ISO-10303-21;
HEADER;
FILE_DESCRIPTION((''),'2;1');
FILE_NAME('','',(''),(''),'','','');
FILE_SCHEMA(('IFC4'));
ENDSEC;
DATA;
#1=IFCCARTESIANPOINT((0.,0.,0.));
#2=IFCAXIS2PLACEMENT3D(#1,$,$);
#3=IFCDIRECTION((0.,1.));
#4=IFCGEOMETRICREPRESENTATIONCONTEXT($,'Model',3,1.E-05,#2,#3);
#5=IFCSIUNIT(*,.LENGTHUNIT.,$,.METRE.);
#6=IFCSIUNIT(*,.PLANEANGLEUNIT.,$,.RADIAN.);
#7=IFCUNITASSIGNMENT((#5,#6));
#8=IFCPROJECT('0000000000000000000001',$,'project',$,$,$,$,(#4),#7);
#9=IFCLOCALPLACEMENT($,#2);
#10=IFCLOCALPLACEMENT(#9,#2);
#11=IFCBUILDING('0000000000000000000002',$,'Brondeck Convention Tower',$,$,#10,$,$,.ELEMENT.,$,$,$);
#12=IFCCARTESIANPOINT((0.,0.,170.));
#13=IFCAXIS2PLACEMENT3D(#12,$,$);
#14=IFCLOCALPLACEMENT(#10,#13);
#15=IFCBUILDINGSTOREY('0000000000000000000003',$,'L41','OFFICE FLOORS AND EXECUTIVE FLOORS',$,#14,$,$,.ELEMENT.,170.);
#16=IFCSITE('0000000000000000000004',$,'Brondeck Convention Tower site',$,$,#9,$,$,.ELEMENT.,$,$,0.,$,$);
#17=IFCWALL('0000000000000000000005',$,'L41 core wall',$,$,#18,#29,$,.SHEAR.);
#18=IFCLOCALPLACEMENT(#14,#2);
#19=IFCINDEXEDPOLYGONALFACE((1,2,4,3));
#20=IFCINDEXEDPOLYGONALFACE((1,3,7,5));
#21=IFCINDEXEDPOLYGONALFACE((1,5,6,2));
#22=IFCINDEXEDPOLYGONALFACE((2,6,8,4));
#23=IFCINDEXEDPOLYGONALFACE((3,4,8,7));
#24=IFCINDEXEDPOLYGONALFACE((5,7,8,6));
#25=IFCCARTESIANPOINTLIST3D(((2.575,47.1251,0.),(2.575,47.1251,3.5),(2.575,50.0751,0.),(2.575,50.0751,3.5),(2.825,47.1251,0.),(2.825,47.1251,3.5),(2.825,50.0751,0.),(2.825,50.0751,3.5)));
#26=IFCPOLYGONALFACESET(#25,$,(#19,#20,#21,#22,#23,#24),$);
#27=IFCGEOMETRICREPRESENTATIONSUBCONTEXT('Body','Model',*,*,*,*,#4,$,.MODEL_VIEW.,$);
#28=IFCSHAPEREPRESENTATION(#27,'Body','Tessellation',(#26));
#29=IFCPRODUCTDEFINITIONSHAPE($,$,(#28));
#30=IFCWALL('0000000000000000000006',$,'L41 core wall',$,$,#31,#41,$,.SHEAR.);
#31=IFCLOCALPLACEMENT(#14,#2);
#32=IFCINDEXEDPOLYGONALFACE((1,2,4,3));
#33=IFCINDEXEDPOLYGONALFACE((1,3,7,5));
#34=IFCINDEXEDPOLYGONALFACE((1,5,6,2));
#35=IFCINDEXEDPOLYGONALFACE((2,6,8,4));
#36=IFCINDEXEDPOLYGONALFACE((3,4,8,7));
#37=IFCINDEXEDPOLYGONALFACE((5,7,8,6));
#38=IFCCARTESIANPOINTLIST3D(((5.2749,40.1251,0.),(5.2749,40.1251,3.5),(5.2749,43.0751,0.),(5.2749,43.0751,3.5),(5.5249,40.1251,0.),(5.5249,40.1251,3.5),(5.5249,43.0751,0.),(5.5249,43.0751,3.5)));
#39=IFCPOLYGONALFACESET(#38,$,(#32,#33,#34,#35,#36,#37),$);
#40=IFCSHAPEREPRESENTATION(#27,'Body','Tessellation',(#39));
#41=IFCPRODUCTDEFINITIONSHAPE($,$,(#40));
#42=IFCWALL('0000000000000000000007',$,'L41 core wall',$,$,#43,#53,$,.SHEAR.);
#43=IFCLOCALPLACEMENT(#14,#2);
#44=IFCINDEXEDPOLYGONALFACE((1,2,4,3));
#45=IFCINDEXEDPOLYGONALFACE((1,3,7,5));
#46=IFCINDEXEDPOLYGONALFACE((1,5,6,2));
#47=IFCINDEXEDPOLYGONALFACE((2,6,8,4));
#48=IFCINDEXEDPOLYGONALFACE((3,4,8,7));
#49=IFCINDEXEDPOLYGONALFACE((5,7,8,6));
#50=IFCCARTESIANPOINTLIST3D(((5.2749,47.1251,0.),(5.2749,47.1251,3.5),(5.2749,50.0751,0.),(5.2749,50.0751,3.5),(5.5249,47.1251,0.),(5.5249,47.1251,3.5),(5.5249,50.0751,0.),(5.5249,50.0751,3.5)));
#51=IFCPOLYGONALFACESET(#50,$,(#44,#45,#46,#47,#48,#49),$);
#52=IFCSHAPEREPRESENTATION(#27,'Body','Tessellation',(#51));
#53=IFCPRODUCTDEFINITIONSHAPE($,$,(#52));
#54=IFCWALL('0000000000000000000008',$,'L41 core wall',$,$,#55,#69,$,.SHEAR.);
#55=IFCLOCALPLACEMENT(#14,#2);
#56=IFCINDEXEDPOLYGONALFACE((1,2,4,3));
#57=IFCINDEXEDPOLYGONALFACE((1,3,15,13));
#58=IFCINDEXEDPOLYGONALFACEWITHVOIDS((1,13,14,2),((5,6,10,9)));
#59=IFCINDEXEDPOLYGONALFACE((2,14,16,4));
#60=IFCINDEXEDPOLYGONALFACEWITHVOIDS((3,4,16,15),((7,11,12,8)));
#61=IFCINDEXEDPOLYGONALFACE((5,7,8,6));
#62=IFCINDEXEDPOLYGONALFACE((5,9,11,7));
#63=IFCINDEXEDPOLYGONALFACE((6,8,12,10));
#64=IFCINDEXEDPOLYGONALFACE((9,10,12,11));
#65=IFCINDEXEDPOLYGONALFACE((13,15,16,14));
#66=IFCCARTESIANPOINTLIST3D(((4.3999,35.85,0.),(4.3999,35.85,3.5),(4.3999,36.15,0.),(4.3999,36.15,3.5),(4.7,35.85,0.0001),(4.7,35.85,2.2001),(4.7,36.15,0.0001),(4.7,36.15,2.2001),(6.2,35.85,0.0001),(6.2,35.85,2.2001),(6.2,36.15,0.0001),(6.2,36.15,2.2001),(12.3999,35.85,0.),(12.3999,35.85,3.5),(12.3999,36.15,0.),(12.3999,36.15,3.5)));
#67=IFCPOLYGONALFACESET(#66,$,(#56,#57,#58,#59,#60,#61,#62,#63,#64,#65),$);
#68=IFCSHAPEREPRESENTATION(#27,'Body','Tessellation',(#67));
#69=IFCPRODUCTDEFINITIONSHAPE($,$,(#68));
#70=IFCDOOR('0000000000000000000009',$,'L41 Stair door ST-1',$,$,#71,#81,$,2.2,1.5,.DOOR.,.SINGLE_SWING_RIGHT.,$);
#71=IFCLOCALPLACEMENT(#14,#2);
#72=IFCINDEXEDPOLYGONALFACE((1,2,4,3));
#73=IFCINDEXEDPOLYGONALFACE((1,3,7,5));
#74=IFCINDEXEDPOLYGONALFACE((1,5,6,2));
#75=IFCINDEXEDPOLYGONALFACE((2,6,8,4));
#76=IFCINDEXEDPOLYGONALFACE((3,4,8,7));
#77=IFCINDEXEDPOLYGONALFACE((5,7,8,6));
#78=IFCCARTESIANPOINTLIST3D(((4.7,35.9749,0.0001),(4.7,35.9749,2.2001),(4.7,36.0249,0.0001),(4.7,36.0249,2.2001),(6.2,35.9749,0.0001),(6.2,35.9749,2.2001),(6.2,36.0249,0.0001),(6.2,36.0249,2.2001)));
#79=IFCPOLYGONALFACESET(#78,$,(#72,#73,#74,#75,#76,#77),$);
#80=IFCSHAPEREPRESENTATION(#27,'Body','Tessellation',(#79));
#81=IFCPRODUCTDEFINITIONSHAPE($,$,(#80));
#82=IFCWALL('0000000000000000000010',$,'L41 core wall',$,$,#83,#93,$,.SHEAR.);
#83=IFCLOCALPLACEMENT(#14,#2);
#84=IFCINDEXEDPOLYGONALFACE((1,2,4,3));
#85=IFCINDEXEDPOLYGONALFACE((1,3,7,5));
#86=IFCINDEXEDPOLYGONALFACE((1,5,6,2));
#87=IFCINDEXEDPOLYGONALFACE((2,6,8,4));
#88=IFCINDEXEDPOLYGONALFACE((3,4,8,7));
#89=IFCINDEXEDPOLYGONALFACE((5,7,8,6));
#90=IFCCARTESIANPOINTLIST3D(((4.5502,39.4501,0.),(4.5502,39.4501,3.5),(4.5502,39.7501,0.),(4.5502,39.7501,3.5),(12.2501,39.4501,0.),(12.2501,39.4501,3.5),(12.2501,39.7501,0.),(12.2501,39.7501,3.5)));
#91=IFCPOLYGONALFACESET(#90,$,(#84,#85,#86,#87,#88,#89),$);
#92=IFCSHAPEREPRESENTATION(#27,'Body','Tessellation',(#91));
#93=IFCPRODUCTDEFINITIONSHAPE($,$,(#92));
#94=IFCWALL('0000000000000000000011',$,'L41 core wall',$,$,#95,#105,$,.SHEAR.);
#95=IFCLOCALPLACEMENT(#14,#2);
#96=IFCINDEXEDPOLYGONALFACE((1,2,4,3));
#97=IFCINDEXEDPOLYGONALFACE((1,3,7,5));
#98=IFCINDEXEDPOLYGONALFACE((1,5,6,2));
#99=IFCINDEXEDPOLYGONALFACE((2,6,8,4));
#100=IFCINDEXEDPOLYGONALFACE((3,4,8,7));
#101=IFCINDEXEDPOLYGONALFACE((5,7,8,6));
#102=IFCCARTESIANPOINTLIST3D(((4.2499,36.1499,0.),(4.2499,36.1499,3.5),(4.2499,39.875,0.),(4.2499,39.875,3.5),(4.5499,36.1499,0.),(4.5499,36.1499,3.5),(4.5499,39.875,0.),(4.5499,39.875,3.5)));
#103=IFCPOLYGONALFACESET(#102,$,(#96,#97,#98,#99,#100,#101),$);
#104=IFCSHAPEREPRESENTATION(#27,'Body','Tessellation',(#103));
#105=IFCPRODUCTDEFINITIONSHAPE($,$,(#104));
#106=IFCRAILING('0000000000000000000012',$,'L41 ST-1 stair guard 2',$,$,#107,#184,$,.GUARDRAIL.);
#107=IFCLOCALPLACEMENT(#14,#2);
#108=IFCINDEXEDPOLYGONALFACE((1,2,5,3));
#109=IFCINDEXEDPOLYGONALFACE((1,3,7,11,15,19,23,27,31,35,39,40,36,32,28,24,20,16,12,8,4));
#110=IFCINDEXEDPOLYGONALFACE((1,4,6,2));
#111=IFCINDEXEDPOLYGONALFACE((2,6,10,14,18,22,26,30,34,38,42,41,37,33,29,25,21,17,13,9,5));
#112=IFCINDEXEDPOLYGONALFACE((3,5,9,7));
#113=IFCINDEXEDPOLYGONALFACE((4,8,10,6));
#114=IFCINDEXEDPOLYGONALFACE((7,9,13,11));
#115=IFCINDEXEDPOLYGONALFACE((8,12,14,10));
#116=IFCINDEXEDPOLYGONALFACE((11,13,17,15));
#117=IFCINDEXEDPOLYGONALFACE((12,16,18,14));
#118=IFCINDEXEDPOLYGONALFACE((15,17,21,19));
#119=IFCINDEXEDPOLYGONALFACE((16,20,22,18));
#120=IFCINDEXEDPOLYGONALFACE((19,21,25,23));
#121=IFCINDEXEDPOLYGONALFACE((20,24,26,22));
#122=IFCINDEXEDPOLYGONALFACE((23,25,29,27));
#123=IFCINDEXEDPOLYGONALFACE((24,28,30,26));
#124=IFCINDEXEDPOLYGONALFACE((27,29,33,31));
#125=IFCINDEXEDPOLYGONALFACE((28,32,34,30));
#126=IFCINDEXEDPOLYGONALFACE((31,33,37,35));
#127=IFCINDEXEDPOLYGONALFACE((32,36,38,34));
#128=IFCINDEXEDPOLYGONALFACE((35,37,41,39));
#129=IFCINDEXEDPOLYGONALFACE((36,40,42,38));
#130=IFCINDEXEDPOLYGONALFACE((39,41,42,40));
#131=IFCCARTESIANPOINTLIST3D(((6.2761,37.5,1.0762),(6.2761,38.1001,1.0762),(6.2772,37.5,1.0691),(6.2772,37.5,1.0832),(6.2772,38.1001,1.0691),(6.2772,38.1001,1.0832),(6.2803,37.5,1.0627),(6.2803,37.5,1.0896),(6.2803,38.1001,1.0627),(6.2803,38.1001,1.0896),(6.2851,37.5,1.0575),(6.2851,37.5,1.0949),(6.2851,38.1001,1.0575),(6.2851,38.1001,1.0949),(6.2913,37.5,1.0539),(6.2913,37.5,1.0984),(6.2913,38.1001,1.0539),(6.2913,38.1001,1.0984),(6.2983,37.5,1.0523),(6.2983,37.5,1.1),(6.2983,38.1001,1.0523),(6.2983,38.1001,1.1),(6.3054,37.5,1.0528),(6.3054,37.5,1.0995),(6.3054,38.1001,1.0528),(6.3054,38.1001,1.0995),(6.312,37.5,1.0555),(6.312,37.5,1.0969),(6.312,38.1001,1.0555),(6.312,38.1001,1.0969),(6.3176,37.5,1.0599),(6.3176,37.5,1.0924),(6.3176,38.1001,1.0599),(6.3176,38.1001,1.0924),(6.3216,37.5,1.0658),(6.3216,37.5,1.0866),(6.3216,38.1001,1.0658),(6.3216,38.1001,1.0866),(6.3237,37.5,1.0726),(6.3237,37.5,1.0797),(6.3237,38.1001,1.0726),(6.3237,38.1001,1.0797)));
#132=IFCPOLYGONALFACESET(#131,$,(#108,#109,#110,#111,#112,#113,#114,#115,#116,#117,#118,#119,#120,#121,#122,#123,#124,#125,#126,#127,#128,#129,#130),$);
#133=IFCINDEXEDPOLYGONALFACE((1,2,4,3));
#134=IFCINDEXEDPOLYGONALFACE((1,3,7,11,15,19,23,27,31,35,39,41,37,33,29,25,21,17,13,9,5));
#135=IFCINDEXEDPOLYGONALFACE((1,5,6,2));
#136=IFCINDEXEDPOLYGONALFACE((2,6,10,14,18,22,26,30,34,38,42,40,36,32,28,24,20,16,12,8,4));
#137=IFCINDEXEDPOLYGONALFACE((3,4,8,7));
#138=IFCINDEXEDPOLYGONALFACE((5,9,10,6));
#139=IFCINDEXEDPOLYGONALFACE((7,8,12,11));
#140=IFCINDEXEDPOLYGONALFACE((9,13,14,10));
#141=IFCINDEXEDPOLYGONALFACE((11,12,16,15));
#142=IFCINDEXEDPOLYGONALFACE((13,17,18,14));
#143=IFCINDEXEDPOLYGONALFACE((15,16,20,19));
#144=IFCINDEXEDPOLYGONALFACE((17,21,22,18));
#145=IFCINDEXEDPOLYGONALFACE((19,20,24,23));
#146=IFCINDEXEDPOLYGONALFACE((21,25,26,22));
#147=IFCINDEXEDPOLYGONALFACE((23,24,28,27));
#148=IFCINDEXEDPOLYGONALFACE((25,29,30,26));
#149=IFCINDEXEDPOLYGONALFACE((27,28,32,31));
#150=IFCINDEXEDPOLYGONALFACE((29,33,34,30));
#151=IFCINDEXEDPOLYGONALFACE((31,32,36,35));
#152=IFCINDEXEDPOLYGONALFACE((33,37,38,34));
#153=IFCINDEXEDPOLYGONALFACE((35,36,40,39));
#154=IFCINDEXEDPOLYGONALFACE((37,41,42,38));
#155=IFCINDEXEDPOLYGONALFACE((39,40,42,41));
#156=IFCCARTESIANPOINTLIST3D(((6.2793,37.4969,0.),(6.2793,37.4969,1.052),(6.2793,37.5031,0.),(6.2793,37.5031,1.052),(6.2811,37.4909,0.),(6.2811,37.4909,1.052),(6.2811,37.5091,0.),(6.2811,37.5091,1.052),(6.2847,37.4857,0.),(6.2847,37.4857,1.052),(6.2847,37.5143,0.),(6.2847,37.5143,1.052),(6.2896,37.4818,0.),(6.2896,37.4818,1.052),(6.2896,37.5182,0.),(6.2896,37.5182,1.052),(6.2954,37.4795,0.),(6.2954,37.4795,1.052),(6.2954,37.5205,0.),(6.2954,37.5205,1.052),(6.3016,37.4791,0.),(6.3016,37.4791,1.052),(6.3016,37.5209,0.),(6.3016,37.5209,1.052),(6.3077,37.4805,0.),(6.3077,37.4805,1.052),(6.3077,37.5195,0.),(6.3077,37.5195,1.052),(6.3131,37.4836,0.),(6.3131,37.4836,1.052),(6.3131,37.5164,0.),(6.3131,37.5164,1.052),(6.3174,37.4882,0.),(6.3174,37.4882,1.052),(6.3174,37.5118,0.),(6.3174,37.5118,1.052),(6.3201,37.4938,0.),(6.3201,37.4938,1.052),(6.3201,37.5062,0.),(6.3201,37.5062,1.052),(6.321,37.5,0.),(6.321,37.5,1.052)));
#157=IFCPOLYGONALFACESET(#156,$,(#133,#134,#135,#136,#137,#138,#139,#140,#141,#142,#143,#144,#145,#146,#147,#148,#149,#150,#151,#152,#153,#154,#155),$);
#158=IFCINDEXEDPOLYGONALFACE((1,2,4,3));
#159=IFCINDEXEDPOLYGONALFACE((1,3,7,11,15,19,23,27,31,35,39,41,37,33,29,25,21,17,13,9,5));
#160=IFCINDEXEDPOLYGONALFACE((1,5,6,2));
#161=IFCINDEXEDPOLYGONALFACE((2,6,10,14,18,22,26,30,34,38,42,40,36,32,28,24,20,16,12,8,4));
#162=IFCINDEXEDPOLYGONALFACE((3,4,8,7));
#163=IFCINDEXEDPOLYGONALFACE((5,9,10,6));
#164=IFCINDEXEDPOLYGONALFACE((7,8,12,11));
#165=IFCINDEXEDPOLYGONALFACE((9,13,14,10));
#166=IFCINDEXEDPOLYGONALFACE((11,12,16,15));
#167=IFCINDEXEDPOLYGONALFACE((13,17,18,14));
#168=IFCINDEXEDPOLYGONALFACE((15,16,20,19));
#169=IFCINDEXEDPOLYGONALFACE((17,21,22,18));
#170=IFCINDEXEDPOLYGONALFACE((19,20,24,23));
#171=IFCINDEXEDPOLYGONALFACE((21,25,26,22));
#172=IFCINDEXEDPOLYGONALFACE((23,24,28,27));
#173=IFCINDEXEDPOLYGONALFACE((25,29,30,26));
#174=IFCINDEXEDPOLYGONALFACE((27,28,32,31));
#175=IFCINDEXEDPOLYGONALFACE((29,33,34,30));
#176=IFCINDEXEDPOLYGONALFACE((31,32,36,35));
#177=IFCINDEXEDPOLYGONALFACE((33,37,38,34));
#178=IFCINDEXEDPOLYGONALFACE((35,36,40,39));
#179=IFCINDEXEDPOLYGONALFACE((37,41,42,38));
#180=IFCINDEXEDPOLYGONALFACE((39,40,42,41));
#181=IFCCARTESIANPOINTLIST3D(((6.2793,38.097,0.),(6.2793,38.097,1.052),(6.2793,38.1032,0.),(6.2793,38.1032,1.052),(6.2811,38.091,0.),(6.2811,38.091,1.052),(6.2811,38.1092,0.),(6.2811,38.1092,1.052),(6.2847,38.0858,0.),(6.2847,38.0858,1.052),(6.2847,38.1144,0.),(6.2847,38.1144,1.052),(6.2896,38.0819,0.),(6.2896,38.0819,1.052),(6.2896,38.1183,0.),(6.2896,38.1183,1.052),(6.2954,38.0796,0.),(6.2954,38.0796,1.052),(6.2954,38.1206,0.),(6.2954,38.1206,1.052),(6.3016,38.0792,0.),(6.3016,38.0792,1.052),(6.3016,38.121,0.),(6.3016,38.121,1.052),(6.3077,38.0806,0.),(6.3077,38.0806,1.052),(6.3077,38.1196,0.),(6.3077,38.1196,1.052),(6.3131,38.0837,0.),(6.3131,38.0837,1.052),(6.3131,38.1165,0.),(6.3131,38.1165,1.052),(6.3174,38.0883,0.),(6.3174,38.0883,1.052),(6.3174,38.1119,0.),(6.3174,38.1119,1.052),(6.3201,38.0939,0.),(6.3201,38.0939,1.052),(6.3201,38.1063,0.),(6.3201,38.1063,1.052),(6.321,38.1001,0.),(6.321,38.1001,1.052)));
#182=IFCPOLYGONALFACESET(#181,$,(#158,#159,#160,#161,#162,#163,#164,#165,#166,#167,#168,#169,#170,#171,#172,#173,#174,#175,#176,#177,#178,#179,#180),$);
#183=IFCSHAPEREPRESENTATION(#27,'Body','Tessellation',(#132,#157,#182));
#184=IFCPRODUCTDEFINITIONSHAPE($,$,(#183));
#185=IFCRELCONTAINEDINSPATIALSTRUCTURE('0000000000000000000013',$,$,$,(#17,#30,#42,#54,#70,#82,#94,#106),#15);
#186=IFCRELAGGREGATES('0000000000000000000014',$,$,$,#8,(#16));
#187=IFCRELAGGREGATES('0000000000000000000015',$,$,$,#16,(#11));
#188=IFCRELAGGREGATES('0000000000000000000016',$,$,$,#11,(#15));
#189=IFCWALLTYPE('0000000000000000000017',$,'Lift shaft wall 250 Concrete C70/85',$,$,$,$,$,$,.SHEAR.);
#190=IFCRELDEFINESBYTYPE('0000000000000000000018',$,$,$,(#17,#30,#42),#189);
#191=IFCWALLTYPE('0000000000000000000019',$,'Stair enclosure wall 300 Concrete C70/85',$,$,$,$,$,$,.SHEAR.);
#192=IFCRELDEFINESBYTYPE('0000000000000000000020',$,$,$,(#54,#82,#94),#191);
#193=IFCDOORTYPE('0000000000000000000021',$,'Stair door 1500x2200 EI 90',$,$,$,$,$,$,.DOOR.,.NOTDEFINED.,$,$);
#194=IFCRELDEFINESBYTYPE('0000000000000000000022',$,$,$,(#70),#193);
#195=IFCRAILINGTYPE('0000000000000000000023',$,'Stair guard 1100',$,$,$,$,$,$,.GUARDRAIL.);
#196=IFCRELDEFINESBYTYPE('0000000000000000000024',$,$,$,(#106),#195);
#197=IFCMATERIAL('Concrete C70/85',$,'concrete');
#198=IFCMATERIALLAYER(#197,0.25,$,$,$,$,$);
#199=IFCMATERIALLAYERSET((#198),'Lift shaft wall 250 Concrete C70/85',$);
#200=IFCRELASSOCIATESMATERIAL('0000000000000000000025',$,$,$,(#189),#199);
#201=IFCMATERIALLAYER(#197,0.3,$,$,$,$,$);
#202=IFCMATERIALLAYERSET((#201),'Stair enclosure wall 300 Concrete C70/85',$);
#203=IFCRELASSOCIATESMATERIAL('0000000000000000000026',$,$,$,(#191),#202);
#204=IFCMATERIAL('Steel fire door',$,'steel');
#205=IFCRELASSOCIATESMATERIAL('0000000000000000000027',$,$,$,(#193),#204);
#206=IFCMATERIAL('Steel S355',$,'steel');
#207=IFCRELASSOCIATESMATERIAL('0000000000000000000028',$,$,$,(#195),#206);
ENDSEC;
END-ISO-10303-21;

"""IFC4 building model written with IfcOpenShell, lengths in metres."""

from ifc_helpers import new_model, si_unit, direction, frame, frame_2d, origin, origin_2d, place, context, subcontext, project, spatial, rectangle, circle, extrude, material, layer, layer_set, type_object, element, fill, save


model = new_model("IFC4")

# Units and contexts
model_context = context("Model", 3, precision=1e-05, world=origin(), true_north=direction((0.0, 1.0)))
body_context = subcontext(model_context, "Body", "Model", "MODEL_VIEW")
ifc_project = project(units=[si_unit("LENGTHUNIT", "METRE"), si_unit("PLANEANGLEUNIT", "RADIAN")], contexts=[model_context])

# Site, building, storey
site_placement = place(None, origin())
site = spatial("IfcSite", under=ifc_project, at=site_placement, Name="Brondeck Convention Tower site", CompositionType="ELEMENT", RefElevation=0.0)
building_placement = place(site_placement, origin())
building = spatial("IfcBuilding", under=site, at=building_placement, Name="Brondeck Convention Tower", CompositionType="ELEMENT")
storey_placement = place(building_placement, frame((0.0, 0.0, 170.0)))
storey = spatial("IfcBuildingStorey", under=building, at=storey_placement, Name="L41", Description="OFFICE FLOORS AND EXECUTIVE FLOORS", CompositionType="ELEMENT", Elevation=170.0)

# Shared definitions
ifc_material_1 = material(Name="Concrete C70/85", Category="concrete")

# Shared definitions
ifc_material_2 = material(Name="Steel fire door", Category="steel")

# Shared definitions
ifc_layer_1 = layer(ifc_material_1, 0.25)
ifc_layer_set_1 = layer_set([ifc_layer_1], Name="Lift shaft wall 250 Concrete C70/85")
wall_type_1 = type_object("IfcWallType", Name="Lift shaft wall 250 Concrete C70/85", PredefinedType="SHEAR", material=ifc_layer_set_1)

# Walls
for number, where, z_axis, x_axis, name in (
    (1, (2.7, 47.125, 0.0), (0.0, 0.0, 1.0), (0.0, 1.0, 0.0), "L41 core wall"),
    (2, (5.3999, 40.125, 0.0), (0.0, 0.0, 1.0), (0.0, 1.0, 0.0), "L41 core wall"),
    (3, (5.3999, 47.125, 0.0), (0.0, 0.0, 1.0), (0.0, 1.0, 0.0), "L41 core wall"),
):
    element("IfcWall", number, at=place(storey_placement, frame(where, z_axis=z_axis, x_axis=x_axis)), inside=storey, type_object=wall_type_1, Name=name, PredefinedType="SHEAR", context=body_context, shape_type="SweptSolid", body=[
        extrude(rectangle(XDim=2.95, YDim=0.25, at=frame_2d((1.4751, 0.0))), origin(), (0.0, 0.0, 1.0), 3.5),
    ])

# Wall, opening, door
ifc_layer_2 = layer(ifc_material_1, 0.3)
ifc_layer_set_2 = layer_set([ifc_layer_2], Name="Stair enclosure wall 300 Concrete C70/85")
wall_type_2 = type_object("IfcWallType", Name="Stair enclosure wall 300 Concrete C70/85", PredefinedType="SHEAR", material=ifc_layer_set_2)
wall_1_placement = place(storey_placement, frame((4.3999, 36.0, 0.0), z_axis=(0.0, 0.0, 1.0), x_axis=(1.0, 0.0, 0.0)))
wall_1 = element("IfcWall", 4, at=wall_1_placement, inside=storey, type_object=wall_type_2, Name="L41 core wall", PredefinedType="SHEAR", context=body_context, shape_type="SweptSolid", body=[
    extrude(rectangle(XDim=8.0, YDim=0.3, at=frame_2d((4.0, 0.0))), origin(), (0.0, 0.0, 1.0), 3.5),
])
opening_1_placement = place(wall_1_placement, frame((0.3, 0.0, 0.0)))
opening_1 = element("IfcOpeningElement", 5, at=opening_1_placement, cuts=wall_1, PredefinedType="OPENING", context=body_context, shape_type="SweptSolid", body=[
    extrude(rectangle(XDim=1.5, YDim=2.2, at=frame_2d((0.75, 1.1001))), frame((0.0, 0.1599, 0.0), z_axis=(0.0, -1.0, 0.0), x_axis=(1.0, 0.0, 0.0)), (0.0, 0.0, 1.0), 0.3201),
])
door_type_1 = type_object("IfcDoorType", Name="Stair door 1500x2200 EI 90", OperationType="NOTDEFINED", PredefinedType="DOOR", material=ifc_material_2)
door_1_placement = place(opening_1_placement, origin())
door_1 = element("IfcDoor", 6, at=door_1_placement, inside=storey, type_object=door_type_1, Name="L41 Stair door ST-1", OperationType="SINGLE_SWING_RIGHT", OverallHeight=2.2, OverallWidth=1.5, PredefinedType="DOOR", context=body_context, shape_type="SweptSolid", body=[
    extrude(rectangle(XDim=1.5, YDim=2.2, at=frame_2d((0.75, 1.1001))), frame((0.0, 0.0249, 0.0), z_axis=(0.0, -1.0, 0.0), x_axis=(1.0, 0.0, 0.0)), (0.0, 0.0, 1.0), 0.05),
])
fill(opening_1, door_1)

# Walls
wall_2_placement = place(storey_placement, frame((4.55, 39.6001, 0.0), z_axis=(0.0, 0.0, 1.0), x_axis=(1.0, 0.0, 0.0)))
element("IfcWall", 7, at=wall_2_placement, inside=storey, type_object=wall_type_2, Name="L41 core wall", PredefinedType="SHEAR", context=body_context, shape_type="SweptSolid", body=[
    extrude(rectangle(XDim=7.7, YDim=0.3, at=frame_2d((3.8501, 0.0))), origin(), (0.0, 0.0, 1.0), 3.5),
])
wall_3_placement = place(storey_placement, frame((4.3999, 36.1499, 0.0), z_axis=(0.0, 0.0, 1.0), x_axis=(0.0, 1.0, 0.0)))
element("IfcWall", 8, at=wall_3_placement, inside=storey, type_object=wall_type_2, Name="L41 core wall", PredefinedType="SHEAR", context=body_context, shape_type="SweptSolid", body=[
    extrude(rectangle(XDim=3.7251, YDim=0.3, at=frame_2d((1.8625, 0.0))), origin(), (0.0, 0.0, 1.0), 3.5),
])

# Railing
ifc_material_3 = material(Name="Steel S355", Category="steel")
railing_type = type_object("IfcRailingType", Name="Stair guard 1100", PredefinedType="GUARDRAIL", material=ifc_material_3)
railing_placement = place(storey_placement, frame((6.3, 37.5, 0.0)))
element("IfcRailing", 9, at=railing_placement, inside=storey, type_object=railing_type, Name="L41 ST-1 stair guard 2", PredefinedType="GUARDRAIL", context=body_context, shape_type="SweptSolid", body=[
    extrude(circle(Radius=0.0239, at=origin_2d()), frame((0.0, 0.0, 1.0762), z_axis=(0.0, 1.0, 0.0), x_axis=(-1.0, 0.0, 0.0)), (0.0, 0.0, 1.0), 0.6001),
    extrude(circle(Radius=0.021, at=origin_2d()), origin(), (0.0, 0.0, 1.0), 1.052),
    extrude(circle(Radius=0.021, at=origin_2d()), frame((0.0, 0.6001, 0.0)), (0.0, 0.0, 1.0), 1.052),
])

save(model, "model.ifc")
